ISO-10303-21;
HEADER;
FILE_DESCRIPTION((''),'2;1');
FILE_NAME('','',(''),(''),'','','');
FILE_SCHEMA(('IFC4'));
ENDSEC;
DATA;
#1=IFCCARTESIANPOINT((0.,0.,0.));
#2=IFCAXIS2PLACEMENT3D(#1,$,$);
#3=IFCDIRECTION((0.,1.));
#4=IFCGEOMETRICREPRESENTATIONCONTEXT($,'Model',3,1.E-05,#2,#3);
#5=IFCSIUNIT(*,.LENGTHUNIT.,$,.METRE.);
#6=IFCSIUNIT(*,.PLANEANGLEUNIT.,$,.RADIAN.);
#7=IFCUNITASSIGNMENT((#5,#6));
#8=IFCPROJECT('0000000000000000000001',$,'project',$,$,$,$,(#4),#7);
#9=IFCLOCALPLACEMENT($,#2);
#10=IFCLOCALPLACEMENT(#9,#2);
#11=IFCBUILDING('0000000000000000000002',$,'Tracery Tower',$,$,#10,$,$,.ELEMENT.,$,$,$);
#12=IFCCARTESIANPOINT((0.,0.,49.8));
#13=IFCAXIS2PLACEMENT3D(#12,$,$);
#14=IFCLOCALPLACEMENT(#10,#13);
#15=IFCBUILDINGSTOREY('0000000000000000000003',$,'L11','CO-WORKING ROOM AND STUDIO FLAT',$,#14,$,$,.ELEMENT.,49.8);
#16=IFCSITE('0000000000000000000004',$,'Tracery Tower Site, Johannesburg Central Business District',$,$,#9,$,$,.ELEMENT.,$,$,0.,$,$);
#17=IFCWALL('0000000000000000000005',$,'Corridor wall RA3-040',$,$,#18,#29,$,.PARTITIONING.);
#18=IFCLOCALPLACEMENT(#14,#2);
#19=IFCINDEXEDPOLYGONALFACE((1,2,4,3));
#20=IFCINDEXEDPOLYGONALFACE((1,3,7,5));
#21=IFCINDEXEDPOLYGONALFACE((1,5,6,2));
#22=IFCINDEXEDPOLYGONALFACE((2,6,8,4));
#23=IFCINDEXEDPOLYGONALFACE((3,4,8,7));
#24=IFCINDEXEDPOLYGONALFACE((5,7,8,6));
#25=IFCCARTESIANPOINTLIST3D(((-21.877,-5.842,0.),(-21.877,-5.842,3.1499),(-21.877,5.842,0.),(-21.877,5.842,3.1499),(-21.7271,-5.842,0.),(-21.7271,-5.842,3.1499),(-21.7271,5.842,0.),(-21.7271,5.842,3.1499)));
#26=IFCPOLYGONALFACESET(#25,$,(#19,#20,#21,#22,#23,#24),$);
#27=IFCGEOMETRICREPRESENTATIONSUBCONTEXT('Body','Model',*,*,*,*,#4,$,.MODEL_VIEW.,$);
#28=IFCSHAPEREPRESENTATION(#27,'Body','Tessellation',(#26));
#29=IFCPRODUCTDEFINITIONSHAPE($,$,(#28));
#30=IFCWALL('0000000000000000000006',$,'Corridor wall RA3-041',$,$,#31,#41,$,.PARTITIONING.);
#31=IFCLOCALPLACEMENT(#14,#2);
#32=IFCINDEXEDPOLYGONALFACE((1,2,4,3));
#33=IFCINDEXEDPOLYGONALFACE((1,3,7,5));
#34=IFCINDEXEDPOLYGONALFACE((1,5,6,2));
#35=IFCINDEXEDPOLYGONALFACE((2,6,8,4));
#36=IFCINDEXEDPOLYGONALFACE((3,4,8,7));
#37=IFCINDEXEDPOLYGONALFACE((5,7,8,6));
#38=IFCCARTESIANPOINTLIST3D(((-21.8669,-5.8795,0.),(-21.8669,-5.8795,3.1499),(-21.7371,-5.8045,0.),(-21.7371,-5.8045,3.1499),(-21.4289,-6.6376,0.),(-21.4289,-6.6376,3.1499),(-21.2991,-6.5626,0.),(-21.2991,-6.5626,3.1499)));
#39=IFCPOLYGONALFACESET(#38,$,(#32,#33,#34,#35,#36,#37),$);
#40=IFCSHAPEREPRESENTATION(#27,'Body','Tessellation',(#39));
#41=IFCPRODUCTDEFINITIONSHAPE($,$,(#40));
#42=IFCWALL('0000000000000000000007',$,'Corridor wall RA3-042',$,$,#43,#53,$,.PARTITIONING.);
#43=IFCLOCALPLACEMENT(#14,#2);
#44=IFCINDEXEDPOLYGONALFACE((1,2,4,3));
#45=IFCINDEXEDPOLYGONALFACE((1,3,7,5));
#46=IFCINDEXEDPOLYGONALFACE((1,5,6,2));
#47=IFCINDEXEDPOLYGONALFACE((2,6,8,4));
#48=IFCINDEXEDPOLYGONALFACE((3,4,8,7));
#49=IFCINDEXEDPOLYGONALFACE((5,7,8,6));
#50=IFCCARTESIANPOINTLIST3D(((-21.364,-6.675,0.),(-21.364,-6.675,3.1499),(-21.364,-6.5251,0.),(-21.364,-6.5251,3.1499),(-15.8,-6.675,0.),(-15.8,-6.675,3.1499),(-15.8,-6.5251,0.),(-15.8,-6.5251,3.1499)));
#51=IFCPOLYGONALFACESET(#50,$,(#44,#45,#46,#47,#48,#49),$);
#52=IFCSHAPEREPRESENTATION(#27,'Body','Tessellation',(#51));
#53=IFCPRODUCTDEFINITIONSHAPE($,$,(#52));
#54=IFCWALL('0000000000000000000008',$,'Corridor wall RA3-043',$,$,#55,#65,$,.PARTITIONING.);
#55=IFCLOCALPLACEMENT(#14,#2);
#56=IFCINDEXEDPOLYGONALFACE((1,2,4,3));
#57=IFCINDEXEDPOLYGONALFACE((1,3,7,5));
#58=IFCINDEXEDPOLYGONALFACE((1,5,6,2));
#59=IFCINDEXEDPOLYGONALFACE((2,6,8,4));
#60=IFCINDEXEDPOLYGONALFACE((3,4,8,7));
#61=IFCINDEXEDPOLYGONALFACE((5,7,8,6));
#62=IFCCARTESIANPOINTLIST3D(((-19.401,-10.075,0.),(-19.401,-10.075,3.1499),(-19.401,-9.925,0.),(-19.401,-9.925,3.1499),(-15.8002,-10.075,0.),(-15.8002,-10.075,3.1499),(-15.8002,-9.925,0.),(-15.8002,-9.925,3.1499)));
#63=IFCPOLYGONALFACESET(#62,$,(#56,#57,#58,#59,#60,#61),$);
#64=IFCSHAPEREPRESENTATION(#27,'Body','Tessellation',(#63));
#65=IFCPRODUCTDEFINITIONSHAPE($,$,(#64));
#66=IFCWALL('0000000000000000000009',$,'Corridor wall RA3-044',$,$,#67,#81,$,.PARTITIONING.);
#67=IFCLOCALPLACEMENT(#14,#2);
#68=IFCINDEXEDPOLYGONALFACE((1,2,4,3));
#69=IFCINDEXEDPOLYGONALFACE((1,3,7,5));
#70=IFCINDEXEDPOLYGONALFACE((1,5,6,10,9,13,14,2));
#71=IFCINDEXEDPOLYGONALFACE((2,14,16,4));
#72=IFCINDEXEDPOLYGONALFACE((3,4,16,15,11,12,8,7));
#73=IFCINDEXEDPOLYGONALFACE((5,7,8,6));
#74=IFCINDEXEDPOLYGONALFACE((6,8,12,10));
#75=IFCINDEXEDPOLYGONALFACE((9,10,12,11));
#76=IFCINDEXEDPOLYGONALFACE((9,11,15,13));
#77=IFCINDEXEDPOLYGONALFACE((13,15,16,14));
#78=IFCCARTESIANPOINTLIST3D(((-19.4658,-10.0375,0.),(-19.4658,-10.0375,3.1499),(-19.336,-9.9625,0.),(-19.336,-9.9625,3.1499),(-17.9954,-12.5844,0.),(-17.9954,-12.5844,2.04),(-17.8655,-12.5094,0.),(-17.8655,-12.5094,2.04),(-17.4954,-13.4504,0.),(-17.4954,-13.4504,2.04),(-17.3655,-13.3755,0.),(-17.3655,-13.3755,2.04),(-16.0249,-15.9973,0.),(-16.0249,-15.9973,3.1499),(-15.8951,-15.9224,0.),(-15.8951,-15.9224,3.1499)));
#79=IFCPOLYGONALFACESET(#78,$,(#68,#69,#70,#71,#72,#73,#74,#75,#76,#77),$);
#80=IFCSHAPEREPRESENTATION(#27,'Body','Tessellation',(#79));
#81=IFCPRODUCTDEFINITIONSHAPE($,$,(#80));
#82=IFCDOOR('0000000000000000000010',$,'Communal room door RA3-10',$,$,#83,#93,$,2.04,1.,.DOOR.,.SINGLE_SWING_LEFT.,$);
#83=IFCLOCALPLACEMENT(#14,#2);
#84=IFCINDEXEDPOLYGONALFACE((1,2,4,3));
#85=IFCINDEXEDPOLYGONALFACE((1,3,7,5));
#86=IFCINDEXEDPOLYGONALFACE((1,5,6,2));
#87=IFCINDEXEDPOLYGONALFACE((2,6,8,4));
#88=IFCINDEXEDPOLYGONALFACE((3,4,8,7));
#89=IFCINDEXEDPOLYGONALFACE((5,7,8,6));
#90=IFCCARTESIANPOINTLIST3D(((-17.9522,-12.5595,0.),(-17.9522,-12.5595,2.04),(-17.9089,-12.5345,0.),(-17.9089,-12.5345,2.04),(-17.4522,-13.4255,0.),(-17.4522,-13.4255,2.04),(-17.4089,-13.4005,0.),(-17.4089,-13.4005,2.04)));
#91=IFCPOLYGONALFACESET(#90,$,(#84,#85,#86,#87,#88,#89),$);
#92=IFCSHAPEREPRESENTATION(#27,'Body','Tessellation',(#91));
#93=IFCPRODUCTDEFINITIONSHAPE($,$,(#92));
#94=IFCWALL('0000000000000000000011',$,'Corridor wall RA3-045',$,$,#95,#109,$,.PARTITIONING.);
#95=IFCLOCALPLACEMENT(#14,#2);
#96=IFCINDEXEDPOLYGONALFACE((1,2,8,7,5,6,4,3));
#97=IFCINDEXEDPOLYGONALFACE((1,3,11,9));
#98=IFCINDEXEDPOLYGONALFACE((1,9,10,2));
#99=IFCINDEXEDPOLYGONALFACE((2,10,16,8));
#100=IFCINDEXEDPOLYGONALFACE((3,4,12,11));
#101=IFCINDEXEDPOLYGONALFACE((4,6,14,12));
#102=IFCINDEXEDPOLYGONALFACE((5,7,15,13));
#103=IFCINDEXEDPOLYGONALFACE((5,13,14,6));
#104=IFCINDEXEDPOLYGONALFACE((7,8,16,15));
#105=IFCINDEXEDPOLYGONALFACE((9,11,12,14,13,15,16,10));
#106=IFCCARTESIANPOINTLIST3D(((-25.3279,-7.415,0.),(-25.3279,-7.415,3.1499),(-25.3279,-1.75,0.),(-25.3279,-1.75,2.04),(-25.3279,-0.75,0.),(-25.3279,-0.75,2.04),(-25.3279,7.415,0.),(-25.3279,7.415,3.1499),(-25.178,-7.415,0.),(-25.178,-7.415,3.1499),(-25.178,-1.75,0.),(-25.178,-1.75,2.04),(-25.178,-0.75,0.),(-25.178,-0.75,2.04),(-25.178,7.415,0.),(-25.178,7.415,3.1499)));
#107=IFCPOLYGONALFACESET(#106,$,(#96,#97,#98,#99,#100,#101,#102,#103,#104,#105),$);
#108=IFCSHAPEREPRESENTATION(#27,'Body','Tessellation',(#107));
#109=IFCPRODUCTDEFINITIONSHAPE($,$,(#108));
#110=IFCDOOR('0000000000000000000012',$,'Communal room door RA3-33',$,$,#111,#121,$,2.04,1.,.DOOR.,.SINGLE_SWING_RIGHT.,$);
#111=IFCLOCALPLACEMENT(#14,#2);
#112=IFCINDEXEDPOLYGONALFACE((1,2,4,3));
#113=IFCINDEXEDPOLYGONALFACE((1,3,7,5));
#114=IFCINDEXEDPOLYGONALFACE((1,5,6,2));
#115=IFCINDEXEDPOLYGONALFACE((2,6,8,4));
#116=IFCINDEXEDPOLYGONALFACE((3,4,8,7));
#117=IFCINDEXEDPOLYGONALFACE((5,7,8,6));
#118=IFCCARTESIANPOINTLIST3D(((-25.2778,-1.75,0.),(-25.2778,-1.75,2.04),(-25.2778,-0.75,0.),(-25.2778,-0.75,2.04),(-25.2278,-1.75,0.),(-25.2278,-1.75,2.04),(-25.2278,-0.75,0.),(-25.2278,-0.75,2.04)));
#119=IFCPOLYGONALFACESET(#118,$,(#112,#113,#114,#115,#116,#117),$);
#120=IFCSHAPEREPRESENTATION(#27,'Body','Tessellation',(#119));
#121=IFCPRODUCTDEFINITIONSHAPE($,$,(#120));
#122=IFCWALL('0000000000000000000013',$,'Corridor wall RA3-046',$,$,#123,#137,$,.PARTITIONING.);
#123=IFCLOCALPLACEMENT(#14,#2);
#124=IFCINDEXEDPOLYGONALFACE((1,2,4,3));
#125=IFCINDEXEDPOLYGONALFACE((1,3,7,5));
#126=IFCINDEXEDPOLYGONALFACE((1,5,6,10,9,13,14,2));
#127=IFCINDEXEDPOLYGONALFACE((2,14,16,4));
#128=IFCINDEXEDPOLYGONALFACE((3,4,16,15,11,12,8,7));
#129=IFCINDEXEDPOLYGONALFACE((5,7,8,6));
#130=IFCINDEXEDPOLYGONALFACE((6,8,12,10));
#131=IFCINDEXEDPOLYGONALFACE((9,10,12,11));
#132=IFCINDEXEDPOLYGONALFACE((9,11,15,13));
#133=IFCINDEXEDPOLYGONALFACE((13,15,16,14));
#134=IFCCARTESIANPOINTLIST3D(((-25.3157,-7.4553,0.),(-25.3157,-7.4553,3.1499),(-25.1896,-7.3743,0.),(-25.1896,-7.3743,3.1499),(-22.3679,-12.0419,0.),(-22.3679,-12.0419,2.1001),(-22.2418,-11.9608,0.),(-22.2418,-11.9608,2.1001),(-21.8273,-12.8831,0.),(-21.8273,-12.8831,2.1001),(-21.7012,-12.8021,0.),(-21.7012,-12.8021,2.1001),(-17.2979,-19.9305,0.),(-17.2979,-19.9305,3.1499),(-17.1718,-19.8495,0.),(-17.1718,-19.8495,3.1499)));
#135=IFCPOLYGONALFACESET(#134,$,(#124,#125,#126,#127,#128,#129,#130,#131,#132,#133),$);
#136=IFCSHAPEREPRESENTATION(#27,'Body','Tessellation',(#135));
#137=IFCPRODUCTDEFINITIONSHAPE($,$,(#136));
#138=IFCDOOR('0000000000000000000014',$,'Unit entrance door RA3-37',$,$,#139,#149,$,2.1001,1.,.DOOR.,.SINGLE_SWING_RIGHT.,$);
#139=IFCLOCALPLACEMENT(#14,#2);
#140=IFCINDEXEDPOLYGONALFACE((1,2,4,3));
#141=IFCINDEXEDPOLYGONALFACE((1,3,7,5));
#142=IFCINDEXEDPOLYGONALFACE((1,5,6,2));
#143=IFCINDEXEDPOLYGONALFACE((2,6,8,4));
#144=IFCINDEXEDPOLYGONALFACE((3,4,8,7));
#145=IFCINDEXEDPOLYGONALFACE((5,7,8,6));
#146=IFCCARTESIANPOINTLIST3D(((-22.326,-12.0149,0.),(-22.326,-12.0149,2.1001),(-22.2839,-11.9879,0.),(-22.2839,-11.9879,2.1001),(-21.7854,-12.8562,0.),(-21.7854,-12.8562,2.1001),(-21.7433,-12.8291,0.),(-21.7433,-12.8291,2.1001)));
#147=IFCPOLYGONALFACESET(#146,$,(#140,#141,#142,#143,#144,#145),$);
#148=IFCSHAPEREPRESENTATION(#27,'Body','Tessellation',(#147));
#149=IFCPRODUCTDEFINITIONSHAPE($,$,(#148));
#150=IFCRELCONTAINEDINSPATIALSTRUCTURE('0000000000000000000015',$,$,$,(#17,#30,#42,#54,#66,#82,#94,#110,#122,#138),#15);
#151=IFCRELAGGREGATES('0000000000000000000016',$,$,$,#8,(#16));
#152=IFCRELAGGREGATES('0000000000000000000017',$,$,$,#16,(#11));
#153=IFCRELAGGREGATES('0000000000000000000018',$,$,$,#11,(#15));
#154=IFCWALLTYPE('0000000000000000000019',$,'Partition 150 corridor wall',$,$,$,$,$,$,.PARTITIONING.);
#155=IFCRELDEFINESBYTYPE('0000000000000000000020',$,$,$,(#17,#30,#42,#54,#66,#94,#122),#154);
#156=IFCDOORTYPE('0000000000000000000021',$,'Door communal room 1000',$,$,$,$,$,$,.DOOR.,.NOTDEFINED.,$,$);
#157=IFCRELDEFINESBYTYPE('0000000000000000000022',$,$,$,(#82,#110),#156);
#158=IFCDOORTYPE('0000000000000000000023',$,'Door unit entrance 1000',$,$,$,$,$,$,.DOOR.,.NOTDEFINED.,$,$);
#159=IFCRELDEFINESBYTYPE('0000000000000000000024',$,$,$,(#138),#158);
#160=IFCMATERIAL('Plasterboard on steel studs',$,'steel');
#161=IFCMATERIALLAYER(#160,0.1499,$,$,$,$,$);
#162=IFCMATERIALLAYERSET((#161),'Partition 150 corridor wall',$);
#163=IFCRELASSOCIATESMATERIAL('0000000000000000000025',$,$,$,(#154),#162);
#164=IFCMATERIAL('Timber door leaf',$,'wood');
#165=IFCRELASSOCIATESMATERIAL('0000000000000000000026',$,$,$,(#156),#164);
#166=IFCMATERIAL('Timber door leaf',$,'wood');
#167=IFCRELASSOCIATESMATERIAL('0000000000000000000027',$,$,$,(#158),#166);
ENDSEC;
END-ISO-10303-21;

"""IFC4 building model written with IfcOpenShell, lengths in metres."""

from ifc_helpers import new_model, si_unit, direction, frame, frame_2d, origin, place, context, subcontext, project, spatial, rectangle, extrude, material, layer, layer_set, type_object, element, fill, save


model = new_model("IFC4")

# Units and contexts
model_context = context("Model", 3, precision=1e-05, world=origin(), true_north=direction((0.0, 1.0)))
body_context = subcontext(model_context, "Body", "Model", "MODEL_VIEW")
ifc_project = project(units=[si_unit("LENGTHUNIT", "METRE"), si_unit("PLANEANGLEUNIT", "RADIAN")], contexts=[model_context])

# Site, building, storey
site_placement = place(None, origin())
site = spatial("IfcSite", under=ifc_project, at=site_placement, Name="Tracery Tower Site, Johannesburg Central Business District", CompositionType="ELEMENT", RefElevation=0.0)
building_placement = place(site_placement, origin())
building = spatial("IfcBuilding", under=site, at=building_placement, Name="Tracery Tower", CompositionType="ELEMENT")
storey_placement = place(building_placement, frame((0.0, 0.0, 49.8)))
storey = spatial("IfcBuildingStorey", under=building, at=storey_placement, Name="L11", Description="CO-WORKING ROOM AND STUDIO FLAT", CompositionType="ELEMENT", Elevation=49.8)

# Shared definitions
ifc_material_1 = material(Name="Plasterboard on steel studs", Category="steel")
ifc_layer_1 = layer(ifc_material_1, 0.1499)
ifc_layer_set_1 = layer_set([ifc_layer_1], Name="Partition 150 corridor wall")
wall_type_1 = type_object("IfcWallType", Name="Partition 150 corridor wall", PredefinedType="PARTITIONING", material=ifc_layer_set_1)

# Walls
wall_1_placement = place(storey_placement, frame((-21.802, -5.842, 0.0), z_axis=(0.0, 0.0, 1.0), x_axis=(0.0, 1.0, 0.0)))
element("IfcWall", 1, at=wall_1_placement, inside=storey, type_object=wall_type_1, Name="Corridor wall RA3-040", PredefinedType="PARTITIONING", context=body_context, shape_type="SweptSolid", body=[
    extrude(rectangle(XDim=11.6841, YDim=0.1499, at=frame_2d((5.842, 0.0))), origin(), (0.0, 0.0, 1.0), 3.1499),
])
wall_2_placement = place(storey_placement, frame((-21.802, -5.842, 0.0), z_axis=(0.0, 0.0, 1.0), x_axis=(0.500278, -0.865865, 0.0)))
element("IfcWall", 2, at=wall_2_placement, inside=storey, type_object=wall_type_1, Name="Corridor wall RA3-041", PredefinedType="PARTITIONING", context=body_context, shape_type="SweptSolid", body=[
    extrude(rectangle(XDim=0.8755, YDim=0.1499, at=frame_2d((0.4377, 0.0))), origin(), (0.0, 0.0, 1.0), 3.1499),
])
wall_3_placement = place(storey_placement, frame((-21.364, -6.6001, 0.0), z_axis=(0.0, 0.0, 1.0), x_axis=(1.0, 0.0, 0.0)))
element("IfcWall", 3, at=wall_3_placement, inside=storey, type_object=wall_type_1, Name="Corridor wall RA3-042", PredefinedType="PARTITIONING", context=body_context, shape_type="SweptSolid", body=[
    extrude(rectangle(XDim=5.564, YDim=0.1499, at=frame_2d((2.782, 0.0))), origin(), (0.0, 0.0, 1.0), 3.1499),
])
wall_4_placement = place(storey_placement, frame((-19.4009, -10.0, 0.0), z_axis=(0.0, 0.0, 1.0), x_axis=(1.0, 0.0, 0.0)))
element("IfcWall", 4, at=wall_4_placement, inside=storey, type_object=wall_type_1, Name="Corridor wall RA3-043", PredefinedType="PARTITIONING", context=body_context, shape_type="SweptSolid", body=[
    extrude(rectangle(XDim=3.6008, YDim=0.1499, at=frame_2d((1.8003, 0.0))), origin(), (0.0, 0.0, 1.0), 3.1499),
])

# Walls, openings, doors
wall_5_placement = place(storey_placement, frame((-19.4009, -10.0, 0.0), z_axis=(0.0, 0.0, 1.0), x_axis=(0.499993, -0.86603, 0.0)))
wall_5 = element("IfcWall", 5, at=wall_5_placement, inside=storey, type_object=wall_type_1, Name="Corridor wall RA3-044", PredefinedType="PARTITIONING", context=body_context, shape_type="SweptSolid", body=[
    extrude(rectangle(XDim=6.8818, YDim=0.1499, at=frame_2d((3.4409, 0.0))), origin(), (0.0, 0.0, 1.0), 3.1499),
])
opening_1_placement = place(wall_5_placement, frame((2.9409, 0.0, 0.0)))
opening_1 = element("IfcOpeningElement", 6, at=opening_1_placement, cuts=wall_5, PredefinedType="OPENING", context=body_context, shape_type="SweptSolid", body=[
    extrude(rectangle(XDim=1.0, YDim=2.04, at=frame_2d((0.5, 1.02))), frame((0.0, 0.075, 0.0), z_axis=(0.0, -1.0, 0.0), x_axis=(1.0, 0.0, 0.0)), (0.0, 0.0, 1.0), 0.1499),
])
ifc_material_2 = material(Name="Timber door leaf", Category="wood")
door_type_1 = type_object("IfcDoorType", Name="Door communal room 1000", OperationType="NOTDEFINED", PredefinedType="DOOR", material=ifc_material_2)
door_1_placement = place(opening_1_placement, origin())
door_1 = element("IfcDoor", 7, at=door_1_placement, inside=storey, type_object=door_type_1, Name="Communal room door RA3-10", OperationType="SINGLE_SWING_LEFT", OverallHeight=2.04, OverallWidth=1.0, PredefinedType="DOOR", context=body_context, shape_type="SweptSolid", body=[
    extrude(rectangle(XDim=1.0, YDim=2.04, at=frame_2d((0.5, 1.02))), frame((0.0, 0.0249, 0.0), z_axis=(0.0, -1.0, 0.0), x_axis=(1.0, 0.0, 0.0)), (0.0, 0.0, 1.0), 0.05),
])
fill(opening_1, door_1)
wall_6_placement = place(storey_placement, frame((-25.2529, -7.415, 0.0), z_axis=(0.0, 0.0, 1.0), x_axis=(0.0, 1.0, 0.0)))
wall_6 = element("IfcWall", 8, at=wall_6_placement, inside=storey, type_object=wall_type_1, Name="Corridor wall RA3-045", PredefinedType="PARTITIONING", context=body_context, shape_type="SweptSolid", body=[
    extrude(rectangle(XDim=14.8301, YDim=0.1499, at=frame_2d((7.415, 0.0))), origin(), (0.0, 0.0, 1.0), 3.1499),
])
opening_2_placement = place(wall_6_placement, frame((5.665, 0.0, 0.0)))
opening_2 = element("IfcOpeningElement", 9, at=opening_2_placement, cuts=wall_6, PredefinedType="OPENING", context=body_context, shape_type="SweptSolid", body=[
    extrude(rectangle(XDim=1.0, YDim=2.04, at=frame_2d((0.5, 1.02))), frame((0.0, 0.075, 0.0), z_axis=(0.0, -1.0, 0.0), x_axis=(1.0, 0.0, 0.0)), (0.0, 0.0, 1.0), 0.1499),
])
door_2_placement = place(opening_2_placement, origin())
door_2 = element("IfcDoor", 10, at=door_2_placement, inside=storey, type_object=door_type_1, Name="Communal room door RA3-33", OperationType="SINGLE_SWING_RIGHT", OverallHeight=2.04, OverallWidth=1.0, PredefinedType="DOOR", context=body_context, shape_type="SweptSolid", body=[
    extrude(rectangle(XDim=1.0, YDim=2.04, at=frame_2d((0.5, 1.02))), frame((0.0, 0.0249, 0.0), z_axis=(0.0, -1.0, 0.0), x_axis=(1.0, 0.0, 0.0)), (0.0, 0.0, 1.0), 0.05),
])
fill(opening_2, door_2)
wall_7_placement = place(storey_placement, frame((-25.2527, -7.4148, 0.0), z_axis=(0.0, 0.0, 1.0), x_axis=(0.540668, -0.841236, 0.0)))
wall_7 = element("IfcWall", 11, at=wall_7_placement, inside=storey, type_object=wall_type_1, Name="Corridor wall RA3-046", PredefinedType="PARTITIONING", context=body_context, shape_type="SweptSolid", body=[
    extrude(rectangle(XDim=14.8296, YDim=0.1499, at=frame_2d((7.4148, 0.0))), origin(), (0.0, 0.0, 1.0), 3.1499),
])
opening_3_placement = place(wall_7_placement, frame((5.4521, 0.0, 0.0)))
opening_3 = element("IfcOpeningElement", 12, at=opening_3_placement, cuts=wall_7, PredefinedType="OPENING", context=body_context, shape_type="SweptSolid", body=[
    extrude(rectangle(XDim=1.0, YDim=2.1001, at=frame_2d((0.5, 1.05))), frame((0.0, 0.075, 0.0), z_axis=(0.0, -1.0, 0.0), x_axis=(1.0, 0.0, 0.0)), (0.0, 0.0, 1.0), 0.1499),
])
ifc_material_3 = material(Name="Timber door leaf", Category="wood")
door_type_2 = type_object("IfcDoorType", Name="Door unit entrance 1000", OperationType="NOTDEFINED", PredefinedType="DOOR", material=ifc_material_3)
door_3_placement = place(opening_3_placement, origin())
door_3 = element("IfcDoor", 13, at=door_3_placement, inside=storey, type_object=door_type_2, Name="Unit entrance door RA3-37", OperationType="SINGLE_SWING_RIGHT", OverallHeight=2.1001, OverallWidth=1.0, PredefinedType="DOOR", context=body_context, shape_type="SweptSolid", body=[
    extrude(rectangle(XDim=1.0, YDim=2.1001, at=frame_2d((0.5, 1.05))), frame((0.0, 0.0249, 0.0), z_axis=(0.0, -1.0, 0.0), x_axis=(1.0, 0.0, 0.0)), (0.0, 0.0, 1.0), 0.05),
])
fill(opening_3, door_3)

save(model, "model.ifc")
